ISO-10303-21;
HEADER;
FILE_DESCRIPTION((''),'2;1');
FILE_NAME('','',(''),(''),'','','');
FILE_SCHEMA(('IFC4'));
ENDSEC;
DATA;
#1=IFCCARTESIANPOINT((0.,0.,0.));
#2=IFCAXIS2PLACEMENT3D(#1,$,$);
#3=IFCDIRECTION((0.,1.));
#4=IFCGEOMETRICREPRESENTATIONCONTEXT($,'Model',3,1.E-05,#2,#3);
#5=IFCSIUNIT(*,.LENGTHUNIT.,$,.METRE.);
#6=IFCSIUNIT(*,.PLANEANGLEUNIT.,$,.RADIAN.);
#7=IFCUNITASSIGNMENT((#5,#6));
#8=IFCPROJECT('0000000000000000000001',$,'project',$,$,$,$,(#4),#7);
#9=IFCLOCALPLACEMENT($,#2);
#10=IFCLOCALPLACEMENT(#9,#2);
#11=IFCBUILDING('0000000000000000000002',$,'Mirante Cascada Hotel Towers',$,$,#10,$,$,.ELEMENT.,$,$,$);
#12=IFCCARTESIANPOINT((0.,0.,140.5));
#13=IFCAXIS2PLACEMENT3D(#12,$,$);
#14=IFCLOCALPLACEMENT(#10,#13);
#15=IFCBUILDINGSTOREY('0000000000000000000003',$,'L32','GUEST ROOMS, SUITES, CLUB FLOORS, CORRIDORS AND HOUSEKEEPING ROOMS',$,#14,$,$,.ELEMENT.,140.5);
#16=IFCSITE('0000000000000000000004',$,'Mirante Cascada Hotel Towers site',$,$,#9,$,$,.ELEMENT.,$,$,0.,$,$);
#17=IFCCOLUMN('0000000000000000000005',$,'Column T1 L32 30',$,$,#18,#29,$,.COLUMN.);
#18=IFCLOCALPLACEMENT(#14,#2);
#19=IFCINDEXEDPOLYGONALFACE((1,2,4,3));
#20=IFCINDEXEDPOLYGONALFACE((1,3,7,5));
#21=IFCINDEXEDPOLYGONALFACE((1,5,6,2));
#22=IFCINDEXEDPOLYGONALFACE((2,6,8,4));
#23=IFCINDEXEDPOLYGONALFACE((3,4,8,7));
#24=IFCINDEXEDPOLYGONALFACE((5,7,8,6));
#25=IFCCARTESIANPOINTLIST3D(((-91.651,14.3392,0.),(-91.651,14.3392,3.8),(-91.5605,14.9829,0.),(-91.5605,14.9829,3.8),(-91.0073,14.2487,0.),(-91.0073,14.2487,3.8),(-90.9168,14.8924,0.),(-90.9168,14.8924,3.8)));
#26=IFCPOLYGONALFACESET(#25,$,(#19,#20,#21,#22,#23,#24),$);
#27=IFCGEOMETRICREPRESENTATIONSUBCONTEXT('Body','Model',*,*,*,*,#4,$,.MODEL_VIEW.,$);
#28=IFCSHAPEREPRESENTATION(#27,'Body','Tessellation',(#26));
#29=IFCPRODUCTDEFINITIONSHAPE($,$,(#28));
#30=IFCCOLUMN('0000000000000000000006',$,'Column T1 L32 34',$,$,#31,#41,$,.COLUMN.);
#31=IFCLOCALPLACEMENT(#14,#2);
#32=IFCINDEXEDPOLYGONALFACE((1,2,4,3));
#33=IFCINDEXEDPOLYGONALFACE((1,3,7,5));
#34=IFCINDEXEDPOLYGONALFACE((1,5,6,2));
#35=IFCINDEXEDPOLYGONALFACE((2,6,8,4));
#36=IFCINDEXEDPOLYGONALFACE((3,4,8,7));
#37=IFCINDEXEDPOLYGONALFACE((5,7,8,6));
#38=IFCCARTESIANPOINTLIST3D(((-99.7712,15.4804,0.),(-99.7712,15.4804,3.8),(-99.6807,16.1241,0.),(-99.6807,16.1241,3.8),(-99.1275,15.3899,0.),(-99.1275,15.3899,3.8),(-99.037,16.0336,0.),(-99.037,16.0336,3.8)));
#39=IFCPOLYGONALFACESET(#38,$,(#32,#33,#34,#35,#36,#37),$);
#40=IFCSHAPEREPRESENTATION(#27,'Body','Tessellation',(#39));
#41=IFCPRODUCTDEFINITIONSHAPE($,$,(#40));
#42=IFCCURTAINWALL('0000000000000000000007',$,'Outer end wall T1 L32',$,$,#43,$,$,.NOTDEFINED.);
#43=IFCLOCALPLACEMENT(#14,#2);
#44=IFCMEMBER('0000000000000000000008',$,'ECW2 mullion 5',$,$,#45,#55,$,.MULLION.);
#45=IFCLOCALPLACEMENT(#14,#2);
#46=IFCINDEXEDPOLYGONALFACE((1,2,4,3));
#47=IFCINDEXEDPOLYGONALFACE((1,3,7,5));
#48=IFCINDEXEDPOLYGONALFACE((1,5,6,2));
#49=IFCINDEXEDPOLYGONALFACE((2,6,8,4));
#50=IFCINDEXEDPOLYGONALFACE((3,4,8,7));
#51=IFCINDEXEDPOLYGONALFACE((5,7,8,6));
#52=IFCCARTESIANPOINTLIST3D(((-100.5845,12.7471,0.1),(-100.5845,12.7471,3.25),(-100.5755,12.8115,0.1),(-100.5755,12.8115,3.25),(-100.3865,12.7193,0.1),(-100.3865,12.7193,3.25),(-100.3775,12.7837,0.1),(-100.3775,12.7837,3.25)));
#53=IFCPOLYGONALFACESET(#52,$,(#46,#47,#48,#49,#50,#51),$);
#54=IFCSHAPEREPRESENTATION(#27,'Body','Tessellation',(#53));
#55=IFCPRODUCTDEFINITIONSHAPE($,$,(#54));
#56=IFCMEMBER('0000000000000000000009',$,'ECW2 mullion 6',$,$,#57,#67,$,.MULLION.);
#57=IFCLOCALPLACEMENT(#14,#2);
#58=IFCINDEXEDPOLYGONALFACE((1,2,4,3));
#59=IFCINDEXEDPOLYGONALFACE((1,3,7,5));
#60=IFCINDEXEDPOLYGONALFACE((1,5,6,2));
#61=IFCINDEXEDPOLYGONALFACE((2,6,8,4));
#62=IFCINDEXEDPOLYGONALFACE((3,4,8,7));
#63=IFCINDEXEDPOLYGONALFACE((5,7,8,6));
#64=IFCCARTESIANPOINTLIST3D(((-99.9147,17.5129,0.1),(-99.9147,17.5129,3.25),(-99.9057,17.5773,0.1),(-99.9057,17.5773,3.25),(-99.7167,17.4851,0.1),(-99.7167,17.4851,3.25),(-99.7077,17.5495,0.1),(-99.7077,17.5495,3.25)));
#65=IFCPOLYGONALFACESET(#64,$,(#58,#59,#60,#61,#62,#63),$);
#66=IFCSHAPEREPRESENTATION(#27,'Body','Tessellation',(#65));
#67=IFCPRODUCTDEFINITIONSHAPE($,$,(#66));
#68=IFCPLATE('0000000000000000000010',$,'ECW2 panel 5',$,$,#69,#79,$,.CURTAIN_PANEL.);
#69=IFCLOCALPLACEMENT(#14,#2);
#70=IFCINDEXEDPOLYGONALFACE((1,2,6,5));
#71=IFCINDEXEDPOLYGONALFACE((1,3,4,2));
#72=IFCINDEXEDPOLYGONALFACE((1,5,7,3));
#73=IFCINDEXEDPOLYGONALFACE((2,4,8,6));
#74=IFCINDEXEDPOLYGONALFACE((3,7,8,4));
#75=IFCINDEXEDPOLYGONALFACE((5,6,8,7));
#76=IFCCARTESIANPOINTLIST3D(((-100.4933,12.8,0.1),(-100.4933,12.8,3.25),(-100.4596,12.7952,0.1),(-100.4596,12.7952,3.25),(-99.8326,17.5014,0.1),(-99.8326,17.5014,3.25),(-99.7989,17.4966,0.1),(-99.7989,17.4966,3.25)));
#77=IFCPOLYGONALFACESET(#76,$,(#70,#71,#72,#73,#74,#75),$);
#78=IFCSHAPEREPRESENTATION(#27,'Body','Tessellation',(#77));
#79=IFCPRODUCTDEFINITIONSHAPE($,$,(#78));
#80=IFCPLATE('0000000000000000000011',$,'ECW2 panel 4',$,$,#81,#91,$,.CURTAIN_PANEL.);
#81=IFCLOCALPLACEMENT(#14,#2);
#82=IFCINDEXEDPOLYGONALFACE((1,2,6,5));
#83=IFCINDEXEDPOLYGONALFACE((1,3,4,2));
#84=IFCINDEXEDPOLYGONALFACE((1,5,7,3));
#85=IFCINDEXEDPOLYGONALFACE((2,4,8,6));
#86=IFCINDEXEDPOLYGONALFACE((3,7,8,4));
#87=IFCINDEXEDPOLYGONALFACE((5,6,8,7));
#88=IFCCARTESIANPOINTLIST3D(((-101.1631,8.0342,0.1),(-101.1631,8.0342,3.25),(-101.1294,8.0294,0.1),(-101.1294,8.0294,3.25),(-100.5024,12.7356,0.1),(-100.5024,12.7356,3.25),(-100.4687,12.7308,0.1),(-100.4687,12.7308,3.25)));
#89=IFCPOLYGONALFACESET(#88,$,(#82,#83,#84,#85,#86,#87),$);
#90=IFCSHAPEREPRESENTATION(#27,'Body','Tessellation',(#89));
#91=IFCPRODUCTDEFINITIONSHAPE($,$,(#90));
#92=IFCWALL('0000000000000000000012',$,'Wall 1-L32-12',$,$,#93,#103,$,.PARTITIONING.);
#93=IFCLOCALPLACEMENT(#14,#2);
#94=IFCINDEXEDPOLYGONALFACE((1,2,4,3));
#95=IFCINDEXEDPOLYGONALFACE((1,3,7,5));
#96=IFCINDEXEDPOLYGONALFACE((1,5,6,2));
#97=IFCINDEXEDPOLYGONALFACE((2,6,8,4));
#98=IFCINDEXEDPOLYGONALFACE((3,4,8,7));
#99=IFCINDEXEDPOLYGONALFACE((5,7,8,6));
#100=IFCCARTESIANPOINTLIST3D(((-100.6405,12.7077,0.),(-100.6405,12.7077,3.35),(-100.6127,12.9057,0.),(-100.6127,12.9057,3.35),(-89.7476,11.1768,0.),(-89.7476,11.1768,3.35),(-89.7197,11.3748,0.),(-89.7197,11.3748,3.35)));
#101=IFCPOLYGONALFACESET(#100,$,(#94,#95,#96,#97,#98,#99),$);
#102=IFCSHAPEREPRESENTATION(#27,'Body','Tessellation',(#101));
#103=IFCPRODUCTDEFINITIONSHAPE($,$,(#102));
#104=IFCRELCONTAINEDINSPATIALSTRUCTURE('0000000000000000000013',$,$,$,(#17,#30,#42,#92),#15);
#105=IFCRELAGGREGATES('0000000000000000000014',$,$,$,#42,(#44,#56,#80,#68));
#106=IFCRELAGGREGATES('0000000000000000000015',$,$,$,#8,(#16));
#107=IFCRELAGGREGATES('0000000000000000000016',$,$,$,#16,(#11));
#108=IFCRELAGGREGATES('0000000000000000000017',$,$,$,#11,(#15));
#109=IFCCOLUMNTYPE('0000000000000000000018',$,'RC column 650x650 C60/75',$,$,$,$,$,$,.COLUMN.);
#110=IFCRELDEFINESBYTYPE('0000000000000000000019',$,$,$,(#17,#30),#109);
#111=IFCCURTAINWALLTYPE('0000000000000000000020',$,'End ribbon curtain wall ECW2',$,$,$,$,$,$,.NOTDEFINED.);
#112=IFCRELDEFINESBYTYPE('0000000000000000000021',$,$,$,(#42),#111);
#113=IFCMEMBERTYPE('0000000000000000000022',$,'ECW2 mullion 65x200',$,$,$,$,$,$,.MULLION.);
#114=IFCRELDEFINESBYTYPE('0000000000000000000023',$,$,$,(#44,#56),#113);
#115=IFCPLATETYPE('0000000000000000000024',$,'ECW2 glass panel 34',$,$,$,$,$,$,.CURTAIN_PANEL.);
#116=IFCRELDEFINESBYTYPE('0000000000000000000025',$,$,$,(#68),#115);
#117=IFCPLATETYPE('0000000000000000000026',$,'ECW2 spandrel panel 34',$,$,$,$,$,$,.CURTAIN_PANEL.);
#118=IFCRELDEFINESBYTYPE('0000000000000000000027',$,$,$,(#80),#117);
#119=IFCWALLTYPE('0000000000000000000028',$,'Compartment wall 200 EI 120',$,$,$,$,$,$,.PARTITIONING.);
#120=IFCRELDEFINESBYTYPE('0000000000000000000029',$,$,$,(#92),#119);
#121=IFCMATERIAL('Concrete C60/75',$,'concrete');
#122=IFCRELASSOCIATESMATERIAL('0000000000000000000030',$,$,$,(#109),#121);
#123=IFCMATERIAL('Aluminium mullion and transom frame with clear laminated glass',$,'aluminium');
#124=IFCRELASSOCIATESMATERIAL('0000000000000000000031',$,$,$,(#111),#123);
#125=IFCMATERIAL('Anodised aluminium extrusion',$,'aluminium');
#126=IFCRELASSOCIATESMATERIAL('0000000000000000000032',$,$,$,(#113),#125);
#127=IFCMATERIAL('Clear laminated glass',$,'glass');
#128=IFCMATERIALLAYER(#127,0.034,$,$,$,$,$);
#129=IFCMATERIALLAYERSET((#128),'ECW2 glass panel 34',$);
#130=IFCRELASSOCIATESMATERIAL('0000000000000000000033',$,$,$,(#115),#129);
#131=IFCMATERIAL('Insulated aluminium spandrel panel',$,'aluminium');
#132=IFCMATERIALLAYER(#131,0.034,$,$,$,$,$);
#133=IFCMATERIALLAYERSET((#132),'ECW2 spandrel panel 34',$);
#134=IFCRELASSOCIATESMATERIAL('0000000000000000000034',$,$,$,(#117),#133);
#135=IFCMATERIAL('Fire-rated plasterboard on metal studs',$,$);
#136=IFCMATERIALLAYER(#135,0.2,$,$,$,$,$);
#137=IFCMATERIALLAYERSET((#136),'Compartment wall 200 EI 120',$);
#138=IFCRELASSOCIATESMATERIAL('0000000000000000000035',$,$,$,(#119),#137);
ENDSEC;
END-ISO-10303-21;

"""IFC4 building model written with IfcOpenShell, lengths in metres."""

from ifc_helpers import new_model, si_unit, direction, frame, frame_2d, origin, origin_2d, place, context, subcontext, project, spatial, rectangle, extrude, material, layer, layer_set, material_profile, profile_set, type_object, element, aggregate, save


model = new_model("IFC4")

# Units and contexts
model_context = context("Model", 3, precision=1e-05, world=origin(), true_north=direction((0.0, 1.0)))
body_context = subcontext(model_context, "Body", "Model", "MODEL_VIEW")
ifc_project = project(units=[si_unit("LENGTHUNIT", "METRE"), si_unit("PLANEANGLEUNIT", "RADIAN")], contexts=[model_context])

# Site, building, storey
site_placement = place(None, origin())
site = spatial("IfcSite", under=ifc_project, at=site_placement, Name="Mirante Cascada Hotel Towers site", CompositionType="ELEMENT", RefElevation=0.0)
building_placement = place(site_placement, origin())
building = spatial("IfcBuilding", under=site, at=building_placement, Name="Mirante Cascada Hotel Towers", CompositionType="ELEMENT")
storey_placement = place(building_placement, frame((0.0, 0.0, 140.5)))
storey = spatial("IfcBuildingStorey", under=building, at=storey_placement, Name="L32", Description="GUEST ROOMS, SUITES, CLUB FLOORS, CORRIDORS AND HOUSEKEEPING ROOMS", CompositionType="ELEMENT", Elevation=140.5)

# Columns
ifc_material_1 = material(Name="Concrete C60/75", Category="concrete")
ifc_material_profile_1 = material_profile(ifc_material_1, rectangle(XDim=0.65, YDim=0.65, at=origin_2d()), Name="RC column 650x650 C60/75")
ifc_profile_set_1 = profile_set([ifc_material_profile_1], Name="Concrete C60/75")
column_type = type_object("IfcColumnType", Name="RC column 650x650 C60/75", PredefinedType="COLUMN", material=ifc_profile_set_1)
for number, where, z_axis, x_axis, name in (
    (1, (-91.2839, 14.6158, 0.0), (0.0, 0.0, 1.0), (-0.990268, 0.139173, 0.0), "Column T1 L32 30"),
    (2, (-99.4041, 15.757, 0.0), (0.0, 0.0, 1.0), (-0.990268, 0.139173, 0.0), "Column T1 L32 34"),
):
    element("IfcColumn", number, at=place(storey_placement, frame(where, z_axis=z_axis, x_axis=x_axis)), inside=storey, type_object=column_type, Name=name, PredefinedType="COLUMN", context=body_context, shape_type="SweptSolid", body=[
        extrude(rectangle(XDim=0.65, YDim=0.65, at=origin_2d()), origin(), (0.0, 0.0, 1.0), 3.8),
    ])

# Curtain wall, members, plates
ifc_material_2 = material(Name="Aluminium mullion and transom frame with clear laminated glass", Category="aluminium")
curtain_wall_type = type_object("IfcCurtainWallType", Name="End ribbon curtain wall ECW2", PredefinedType="NOTDEFINED", material=ifc_material_2)
curtain_wall_placement = place(storey_placement, origin())
curtain_wall = element("IfcCurtainWall", 3, at=curtain_wall_placement, inside=storey, type_object=curtain_wall_type, Name="Outer end wall T1 L32", PredefinedType="NOTDEFINED")
ifc_material_3 = material(Name="Anodised aluminium extrusion", Category="aluminium")
ifc_material_profile_2 = material_profile(ifc_material_3, rectangle(XDim=0.2, YDim=0.065, at=origin_2d()), Name="ECW2 MULLION 65x200")
ifc_profile_set_2 = profile_set([ifc_material_profile_2], Name="Anodised aluminium extrusion")
member_type = type_object("IfcMemberType", Name="ECW2 mullion 65x200", PredefinedType="MULLION", material=ifc_profile_set_2)
member_1_placement = place(storey_placement, frame((-100.481, 12.7654, 0.1), z_axis=(0.0, 0.0, 1.0), x_axis=(-0.990268, 0.139173, 0.0)))
member_1 = element("IfcMember", 4, at=member_1_placement, type_object=member_type, Name="ECW2 mullion 5", PredefinedType="MULLION", context=body_context, shape_type="SweptSolid", body=[
    extrude(rectangle(XDim=0.2, YDim=0.065, at=origin_2d()), origin(), (0.0, 0.0, 1.0), 3.15),
])
member_2_placement = place(storey_placement, frame((-99.8112, 17.5312, 0.1), z_axis=(0.0, 0.0, 1.0), x_axis=(-0.990268, 0.139173, 0.0)))
member_2 = element("IfcMember", 5, at=member_2_placement, type_object=member_type, Name="ECW2 mullion 6", PredefinedType="MULLION", context=body_context, shape_type="SweptSolid", body=[
    extrude(rectangle(XDim=0.2, YDim=0.065, at=origin_2d()), origin(), (0.0, 0.0, 1.0), 3.15),
])
ifc_material_4 = material(Name="Clear laminated glass", Category="glass")
ifc_layer_1 = layer(ifc_material_4, 0.034)
ifc_layer_set_1 = layer_set([ifc_layer_1], Name="ECW2 glass panel 34")
plate_type_1 = type_object("IfcPlateType", Name="ECW2 glass panel 34", PredefinedType="CURTAIN_PANEL", material=ifc_layer_set_1)
plate_1_placement = place(storey_placement, frame((-100.1461, 15.1483, 0.1), z_axis=(0.0, 0.0, 1.0), x_axis=(0.139173, 0.990268, 0.0)))
plate_1 = element("IfcPlate", 6, at=plate_1_placement, type_object=plate_type_1, Name="ECW2 panel 5", PredefinedType="CURTAIN_PANEL", context=body_context, shape_type="SweptSolid", body=[
    extrude(rectangle(XDim=4.7476, YDim=0.034, at=origin_2d()), origin(), (0.0, 0.0, 1.0), 3.15),
])
ifc_material_5 = material(Name="Insulated aluminium spandrel panel", Category="aluminium")
ifc_layer_2 = layer(ifc_material_5, 0.034)
ifc_layer_set_2 = layer_set([ifc_layer_2], Name="ECW2 spandrel panel 34")
plate_type_2 = type_object("IfcPlateType", Name="ECW2 spandrel panel 34", PredefinedType="CURTAIN_PANEL", material=ifc_layer_set_2)
plate_2_placement = place(storey_placement, frame((-100.8159, 10.3825, 0.1), z_axis=(0.0, 0.0, 1.0), x_axis=(0.139173, 0.990268, 0.0)))
plate_2 = element("IfcPlate", 7, at=plate_2_placement, type_object=plate_type_2, Name="ECW2 panel 4", PredefinedType="CURTAIN_PANEL", context=body_context, shape_type="SweptSolid", body=[
    extrude(rectangle(XDim=4.7476, YDim=0.034, at=origin_2d()), origin(), (0.0, 0.0, 1.0), 3.15),
])
aggregate(curtain_wall, [member_1, member_2, plate_2, plate_1])

# Wall
ifc_material_6 = material(Name="Fire-rated plasterboard on metal studs")
ifc_layer_3 = layer(ifc_material_6, 0.2)
ifc_layer_set_3 = layer_set([ifc_layer_3], Name="Compartment wall 200 EI 120")
wall_type_1 = type_object("IfcWallType", Name="Compartment wall 200 EI 120", PredefinedType="PARTITIONING", material=ifc_layer_set_3)
wall_1_placement = place(storey_placement, frame((-100.6266, 12.8067, 0.0), z_axis=(0.0, 0.0, 1.0), x_axis=(0.990268, -0.139173, 0.0)))
element("IfcWall", 8, at=wall_1_placement, inside=storey, type_object=wall_type_1, Name="Wall 1-L32-12", PredefinedType="PARTITIONING", context=body_context, shape_type="SweptSolid", body=[
    extrude(rectangle(XDim=11.0, YDim=0.2, at=frame_2d((5.5, 0.0))), origin(), (0.0, 0.0, 1.0), 3.35),
])

save(model, "model.ifc")
